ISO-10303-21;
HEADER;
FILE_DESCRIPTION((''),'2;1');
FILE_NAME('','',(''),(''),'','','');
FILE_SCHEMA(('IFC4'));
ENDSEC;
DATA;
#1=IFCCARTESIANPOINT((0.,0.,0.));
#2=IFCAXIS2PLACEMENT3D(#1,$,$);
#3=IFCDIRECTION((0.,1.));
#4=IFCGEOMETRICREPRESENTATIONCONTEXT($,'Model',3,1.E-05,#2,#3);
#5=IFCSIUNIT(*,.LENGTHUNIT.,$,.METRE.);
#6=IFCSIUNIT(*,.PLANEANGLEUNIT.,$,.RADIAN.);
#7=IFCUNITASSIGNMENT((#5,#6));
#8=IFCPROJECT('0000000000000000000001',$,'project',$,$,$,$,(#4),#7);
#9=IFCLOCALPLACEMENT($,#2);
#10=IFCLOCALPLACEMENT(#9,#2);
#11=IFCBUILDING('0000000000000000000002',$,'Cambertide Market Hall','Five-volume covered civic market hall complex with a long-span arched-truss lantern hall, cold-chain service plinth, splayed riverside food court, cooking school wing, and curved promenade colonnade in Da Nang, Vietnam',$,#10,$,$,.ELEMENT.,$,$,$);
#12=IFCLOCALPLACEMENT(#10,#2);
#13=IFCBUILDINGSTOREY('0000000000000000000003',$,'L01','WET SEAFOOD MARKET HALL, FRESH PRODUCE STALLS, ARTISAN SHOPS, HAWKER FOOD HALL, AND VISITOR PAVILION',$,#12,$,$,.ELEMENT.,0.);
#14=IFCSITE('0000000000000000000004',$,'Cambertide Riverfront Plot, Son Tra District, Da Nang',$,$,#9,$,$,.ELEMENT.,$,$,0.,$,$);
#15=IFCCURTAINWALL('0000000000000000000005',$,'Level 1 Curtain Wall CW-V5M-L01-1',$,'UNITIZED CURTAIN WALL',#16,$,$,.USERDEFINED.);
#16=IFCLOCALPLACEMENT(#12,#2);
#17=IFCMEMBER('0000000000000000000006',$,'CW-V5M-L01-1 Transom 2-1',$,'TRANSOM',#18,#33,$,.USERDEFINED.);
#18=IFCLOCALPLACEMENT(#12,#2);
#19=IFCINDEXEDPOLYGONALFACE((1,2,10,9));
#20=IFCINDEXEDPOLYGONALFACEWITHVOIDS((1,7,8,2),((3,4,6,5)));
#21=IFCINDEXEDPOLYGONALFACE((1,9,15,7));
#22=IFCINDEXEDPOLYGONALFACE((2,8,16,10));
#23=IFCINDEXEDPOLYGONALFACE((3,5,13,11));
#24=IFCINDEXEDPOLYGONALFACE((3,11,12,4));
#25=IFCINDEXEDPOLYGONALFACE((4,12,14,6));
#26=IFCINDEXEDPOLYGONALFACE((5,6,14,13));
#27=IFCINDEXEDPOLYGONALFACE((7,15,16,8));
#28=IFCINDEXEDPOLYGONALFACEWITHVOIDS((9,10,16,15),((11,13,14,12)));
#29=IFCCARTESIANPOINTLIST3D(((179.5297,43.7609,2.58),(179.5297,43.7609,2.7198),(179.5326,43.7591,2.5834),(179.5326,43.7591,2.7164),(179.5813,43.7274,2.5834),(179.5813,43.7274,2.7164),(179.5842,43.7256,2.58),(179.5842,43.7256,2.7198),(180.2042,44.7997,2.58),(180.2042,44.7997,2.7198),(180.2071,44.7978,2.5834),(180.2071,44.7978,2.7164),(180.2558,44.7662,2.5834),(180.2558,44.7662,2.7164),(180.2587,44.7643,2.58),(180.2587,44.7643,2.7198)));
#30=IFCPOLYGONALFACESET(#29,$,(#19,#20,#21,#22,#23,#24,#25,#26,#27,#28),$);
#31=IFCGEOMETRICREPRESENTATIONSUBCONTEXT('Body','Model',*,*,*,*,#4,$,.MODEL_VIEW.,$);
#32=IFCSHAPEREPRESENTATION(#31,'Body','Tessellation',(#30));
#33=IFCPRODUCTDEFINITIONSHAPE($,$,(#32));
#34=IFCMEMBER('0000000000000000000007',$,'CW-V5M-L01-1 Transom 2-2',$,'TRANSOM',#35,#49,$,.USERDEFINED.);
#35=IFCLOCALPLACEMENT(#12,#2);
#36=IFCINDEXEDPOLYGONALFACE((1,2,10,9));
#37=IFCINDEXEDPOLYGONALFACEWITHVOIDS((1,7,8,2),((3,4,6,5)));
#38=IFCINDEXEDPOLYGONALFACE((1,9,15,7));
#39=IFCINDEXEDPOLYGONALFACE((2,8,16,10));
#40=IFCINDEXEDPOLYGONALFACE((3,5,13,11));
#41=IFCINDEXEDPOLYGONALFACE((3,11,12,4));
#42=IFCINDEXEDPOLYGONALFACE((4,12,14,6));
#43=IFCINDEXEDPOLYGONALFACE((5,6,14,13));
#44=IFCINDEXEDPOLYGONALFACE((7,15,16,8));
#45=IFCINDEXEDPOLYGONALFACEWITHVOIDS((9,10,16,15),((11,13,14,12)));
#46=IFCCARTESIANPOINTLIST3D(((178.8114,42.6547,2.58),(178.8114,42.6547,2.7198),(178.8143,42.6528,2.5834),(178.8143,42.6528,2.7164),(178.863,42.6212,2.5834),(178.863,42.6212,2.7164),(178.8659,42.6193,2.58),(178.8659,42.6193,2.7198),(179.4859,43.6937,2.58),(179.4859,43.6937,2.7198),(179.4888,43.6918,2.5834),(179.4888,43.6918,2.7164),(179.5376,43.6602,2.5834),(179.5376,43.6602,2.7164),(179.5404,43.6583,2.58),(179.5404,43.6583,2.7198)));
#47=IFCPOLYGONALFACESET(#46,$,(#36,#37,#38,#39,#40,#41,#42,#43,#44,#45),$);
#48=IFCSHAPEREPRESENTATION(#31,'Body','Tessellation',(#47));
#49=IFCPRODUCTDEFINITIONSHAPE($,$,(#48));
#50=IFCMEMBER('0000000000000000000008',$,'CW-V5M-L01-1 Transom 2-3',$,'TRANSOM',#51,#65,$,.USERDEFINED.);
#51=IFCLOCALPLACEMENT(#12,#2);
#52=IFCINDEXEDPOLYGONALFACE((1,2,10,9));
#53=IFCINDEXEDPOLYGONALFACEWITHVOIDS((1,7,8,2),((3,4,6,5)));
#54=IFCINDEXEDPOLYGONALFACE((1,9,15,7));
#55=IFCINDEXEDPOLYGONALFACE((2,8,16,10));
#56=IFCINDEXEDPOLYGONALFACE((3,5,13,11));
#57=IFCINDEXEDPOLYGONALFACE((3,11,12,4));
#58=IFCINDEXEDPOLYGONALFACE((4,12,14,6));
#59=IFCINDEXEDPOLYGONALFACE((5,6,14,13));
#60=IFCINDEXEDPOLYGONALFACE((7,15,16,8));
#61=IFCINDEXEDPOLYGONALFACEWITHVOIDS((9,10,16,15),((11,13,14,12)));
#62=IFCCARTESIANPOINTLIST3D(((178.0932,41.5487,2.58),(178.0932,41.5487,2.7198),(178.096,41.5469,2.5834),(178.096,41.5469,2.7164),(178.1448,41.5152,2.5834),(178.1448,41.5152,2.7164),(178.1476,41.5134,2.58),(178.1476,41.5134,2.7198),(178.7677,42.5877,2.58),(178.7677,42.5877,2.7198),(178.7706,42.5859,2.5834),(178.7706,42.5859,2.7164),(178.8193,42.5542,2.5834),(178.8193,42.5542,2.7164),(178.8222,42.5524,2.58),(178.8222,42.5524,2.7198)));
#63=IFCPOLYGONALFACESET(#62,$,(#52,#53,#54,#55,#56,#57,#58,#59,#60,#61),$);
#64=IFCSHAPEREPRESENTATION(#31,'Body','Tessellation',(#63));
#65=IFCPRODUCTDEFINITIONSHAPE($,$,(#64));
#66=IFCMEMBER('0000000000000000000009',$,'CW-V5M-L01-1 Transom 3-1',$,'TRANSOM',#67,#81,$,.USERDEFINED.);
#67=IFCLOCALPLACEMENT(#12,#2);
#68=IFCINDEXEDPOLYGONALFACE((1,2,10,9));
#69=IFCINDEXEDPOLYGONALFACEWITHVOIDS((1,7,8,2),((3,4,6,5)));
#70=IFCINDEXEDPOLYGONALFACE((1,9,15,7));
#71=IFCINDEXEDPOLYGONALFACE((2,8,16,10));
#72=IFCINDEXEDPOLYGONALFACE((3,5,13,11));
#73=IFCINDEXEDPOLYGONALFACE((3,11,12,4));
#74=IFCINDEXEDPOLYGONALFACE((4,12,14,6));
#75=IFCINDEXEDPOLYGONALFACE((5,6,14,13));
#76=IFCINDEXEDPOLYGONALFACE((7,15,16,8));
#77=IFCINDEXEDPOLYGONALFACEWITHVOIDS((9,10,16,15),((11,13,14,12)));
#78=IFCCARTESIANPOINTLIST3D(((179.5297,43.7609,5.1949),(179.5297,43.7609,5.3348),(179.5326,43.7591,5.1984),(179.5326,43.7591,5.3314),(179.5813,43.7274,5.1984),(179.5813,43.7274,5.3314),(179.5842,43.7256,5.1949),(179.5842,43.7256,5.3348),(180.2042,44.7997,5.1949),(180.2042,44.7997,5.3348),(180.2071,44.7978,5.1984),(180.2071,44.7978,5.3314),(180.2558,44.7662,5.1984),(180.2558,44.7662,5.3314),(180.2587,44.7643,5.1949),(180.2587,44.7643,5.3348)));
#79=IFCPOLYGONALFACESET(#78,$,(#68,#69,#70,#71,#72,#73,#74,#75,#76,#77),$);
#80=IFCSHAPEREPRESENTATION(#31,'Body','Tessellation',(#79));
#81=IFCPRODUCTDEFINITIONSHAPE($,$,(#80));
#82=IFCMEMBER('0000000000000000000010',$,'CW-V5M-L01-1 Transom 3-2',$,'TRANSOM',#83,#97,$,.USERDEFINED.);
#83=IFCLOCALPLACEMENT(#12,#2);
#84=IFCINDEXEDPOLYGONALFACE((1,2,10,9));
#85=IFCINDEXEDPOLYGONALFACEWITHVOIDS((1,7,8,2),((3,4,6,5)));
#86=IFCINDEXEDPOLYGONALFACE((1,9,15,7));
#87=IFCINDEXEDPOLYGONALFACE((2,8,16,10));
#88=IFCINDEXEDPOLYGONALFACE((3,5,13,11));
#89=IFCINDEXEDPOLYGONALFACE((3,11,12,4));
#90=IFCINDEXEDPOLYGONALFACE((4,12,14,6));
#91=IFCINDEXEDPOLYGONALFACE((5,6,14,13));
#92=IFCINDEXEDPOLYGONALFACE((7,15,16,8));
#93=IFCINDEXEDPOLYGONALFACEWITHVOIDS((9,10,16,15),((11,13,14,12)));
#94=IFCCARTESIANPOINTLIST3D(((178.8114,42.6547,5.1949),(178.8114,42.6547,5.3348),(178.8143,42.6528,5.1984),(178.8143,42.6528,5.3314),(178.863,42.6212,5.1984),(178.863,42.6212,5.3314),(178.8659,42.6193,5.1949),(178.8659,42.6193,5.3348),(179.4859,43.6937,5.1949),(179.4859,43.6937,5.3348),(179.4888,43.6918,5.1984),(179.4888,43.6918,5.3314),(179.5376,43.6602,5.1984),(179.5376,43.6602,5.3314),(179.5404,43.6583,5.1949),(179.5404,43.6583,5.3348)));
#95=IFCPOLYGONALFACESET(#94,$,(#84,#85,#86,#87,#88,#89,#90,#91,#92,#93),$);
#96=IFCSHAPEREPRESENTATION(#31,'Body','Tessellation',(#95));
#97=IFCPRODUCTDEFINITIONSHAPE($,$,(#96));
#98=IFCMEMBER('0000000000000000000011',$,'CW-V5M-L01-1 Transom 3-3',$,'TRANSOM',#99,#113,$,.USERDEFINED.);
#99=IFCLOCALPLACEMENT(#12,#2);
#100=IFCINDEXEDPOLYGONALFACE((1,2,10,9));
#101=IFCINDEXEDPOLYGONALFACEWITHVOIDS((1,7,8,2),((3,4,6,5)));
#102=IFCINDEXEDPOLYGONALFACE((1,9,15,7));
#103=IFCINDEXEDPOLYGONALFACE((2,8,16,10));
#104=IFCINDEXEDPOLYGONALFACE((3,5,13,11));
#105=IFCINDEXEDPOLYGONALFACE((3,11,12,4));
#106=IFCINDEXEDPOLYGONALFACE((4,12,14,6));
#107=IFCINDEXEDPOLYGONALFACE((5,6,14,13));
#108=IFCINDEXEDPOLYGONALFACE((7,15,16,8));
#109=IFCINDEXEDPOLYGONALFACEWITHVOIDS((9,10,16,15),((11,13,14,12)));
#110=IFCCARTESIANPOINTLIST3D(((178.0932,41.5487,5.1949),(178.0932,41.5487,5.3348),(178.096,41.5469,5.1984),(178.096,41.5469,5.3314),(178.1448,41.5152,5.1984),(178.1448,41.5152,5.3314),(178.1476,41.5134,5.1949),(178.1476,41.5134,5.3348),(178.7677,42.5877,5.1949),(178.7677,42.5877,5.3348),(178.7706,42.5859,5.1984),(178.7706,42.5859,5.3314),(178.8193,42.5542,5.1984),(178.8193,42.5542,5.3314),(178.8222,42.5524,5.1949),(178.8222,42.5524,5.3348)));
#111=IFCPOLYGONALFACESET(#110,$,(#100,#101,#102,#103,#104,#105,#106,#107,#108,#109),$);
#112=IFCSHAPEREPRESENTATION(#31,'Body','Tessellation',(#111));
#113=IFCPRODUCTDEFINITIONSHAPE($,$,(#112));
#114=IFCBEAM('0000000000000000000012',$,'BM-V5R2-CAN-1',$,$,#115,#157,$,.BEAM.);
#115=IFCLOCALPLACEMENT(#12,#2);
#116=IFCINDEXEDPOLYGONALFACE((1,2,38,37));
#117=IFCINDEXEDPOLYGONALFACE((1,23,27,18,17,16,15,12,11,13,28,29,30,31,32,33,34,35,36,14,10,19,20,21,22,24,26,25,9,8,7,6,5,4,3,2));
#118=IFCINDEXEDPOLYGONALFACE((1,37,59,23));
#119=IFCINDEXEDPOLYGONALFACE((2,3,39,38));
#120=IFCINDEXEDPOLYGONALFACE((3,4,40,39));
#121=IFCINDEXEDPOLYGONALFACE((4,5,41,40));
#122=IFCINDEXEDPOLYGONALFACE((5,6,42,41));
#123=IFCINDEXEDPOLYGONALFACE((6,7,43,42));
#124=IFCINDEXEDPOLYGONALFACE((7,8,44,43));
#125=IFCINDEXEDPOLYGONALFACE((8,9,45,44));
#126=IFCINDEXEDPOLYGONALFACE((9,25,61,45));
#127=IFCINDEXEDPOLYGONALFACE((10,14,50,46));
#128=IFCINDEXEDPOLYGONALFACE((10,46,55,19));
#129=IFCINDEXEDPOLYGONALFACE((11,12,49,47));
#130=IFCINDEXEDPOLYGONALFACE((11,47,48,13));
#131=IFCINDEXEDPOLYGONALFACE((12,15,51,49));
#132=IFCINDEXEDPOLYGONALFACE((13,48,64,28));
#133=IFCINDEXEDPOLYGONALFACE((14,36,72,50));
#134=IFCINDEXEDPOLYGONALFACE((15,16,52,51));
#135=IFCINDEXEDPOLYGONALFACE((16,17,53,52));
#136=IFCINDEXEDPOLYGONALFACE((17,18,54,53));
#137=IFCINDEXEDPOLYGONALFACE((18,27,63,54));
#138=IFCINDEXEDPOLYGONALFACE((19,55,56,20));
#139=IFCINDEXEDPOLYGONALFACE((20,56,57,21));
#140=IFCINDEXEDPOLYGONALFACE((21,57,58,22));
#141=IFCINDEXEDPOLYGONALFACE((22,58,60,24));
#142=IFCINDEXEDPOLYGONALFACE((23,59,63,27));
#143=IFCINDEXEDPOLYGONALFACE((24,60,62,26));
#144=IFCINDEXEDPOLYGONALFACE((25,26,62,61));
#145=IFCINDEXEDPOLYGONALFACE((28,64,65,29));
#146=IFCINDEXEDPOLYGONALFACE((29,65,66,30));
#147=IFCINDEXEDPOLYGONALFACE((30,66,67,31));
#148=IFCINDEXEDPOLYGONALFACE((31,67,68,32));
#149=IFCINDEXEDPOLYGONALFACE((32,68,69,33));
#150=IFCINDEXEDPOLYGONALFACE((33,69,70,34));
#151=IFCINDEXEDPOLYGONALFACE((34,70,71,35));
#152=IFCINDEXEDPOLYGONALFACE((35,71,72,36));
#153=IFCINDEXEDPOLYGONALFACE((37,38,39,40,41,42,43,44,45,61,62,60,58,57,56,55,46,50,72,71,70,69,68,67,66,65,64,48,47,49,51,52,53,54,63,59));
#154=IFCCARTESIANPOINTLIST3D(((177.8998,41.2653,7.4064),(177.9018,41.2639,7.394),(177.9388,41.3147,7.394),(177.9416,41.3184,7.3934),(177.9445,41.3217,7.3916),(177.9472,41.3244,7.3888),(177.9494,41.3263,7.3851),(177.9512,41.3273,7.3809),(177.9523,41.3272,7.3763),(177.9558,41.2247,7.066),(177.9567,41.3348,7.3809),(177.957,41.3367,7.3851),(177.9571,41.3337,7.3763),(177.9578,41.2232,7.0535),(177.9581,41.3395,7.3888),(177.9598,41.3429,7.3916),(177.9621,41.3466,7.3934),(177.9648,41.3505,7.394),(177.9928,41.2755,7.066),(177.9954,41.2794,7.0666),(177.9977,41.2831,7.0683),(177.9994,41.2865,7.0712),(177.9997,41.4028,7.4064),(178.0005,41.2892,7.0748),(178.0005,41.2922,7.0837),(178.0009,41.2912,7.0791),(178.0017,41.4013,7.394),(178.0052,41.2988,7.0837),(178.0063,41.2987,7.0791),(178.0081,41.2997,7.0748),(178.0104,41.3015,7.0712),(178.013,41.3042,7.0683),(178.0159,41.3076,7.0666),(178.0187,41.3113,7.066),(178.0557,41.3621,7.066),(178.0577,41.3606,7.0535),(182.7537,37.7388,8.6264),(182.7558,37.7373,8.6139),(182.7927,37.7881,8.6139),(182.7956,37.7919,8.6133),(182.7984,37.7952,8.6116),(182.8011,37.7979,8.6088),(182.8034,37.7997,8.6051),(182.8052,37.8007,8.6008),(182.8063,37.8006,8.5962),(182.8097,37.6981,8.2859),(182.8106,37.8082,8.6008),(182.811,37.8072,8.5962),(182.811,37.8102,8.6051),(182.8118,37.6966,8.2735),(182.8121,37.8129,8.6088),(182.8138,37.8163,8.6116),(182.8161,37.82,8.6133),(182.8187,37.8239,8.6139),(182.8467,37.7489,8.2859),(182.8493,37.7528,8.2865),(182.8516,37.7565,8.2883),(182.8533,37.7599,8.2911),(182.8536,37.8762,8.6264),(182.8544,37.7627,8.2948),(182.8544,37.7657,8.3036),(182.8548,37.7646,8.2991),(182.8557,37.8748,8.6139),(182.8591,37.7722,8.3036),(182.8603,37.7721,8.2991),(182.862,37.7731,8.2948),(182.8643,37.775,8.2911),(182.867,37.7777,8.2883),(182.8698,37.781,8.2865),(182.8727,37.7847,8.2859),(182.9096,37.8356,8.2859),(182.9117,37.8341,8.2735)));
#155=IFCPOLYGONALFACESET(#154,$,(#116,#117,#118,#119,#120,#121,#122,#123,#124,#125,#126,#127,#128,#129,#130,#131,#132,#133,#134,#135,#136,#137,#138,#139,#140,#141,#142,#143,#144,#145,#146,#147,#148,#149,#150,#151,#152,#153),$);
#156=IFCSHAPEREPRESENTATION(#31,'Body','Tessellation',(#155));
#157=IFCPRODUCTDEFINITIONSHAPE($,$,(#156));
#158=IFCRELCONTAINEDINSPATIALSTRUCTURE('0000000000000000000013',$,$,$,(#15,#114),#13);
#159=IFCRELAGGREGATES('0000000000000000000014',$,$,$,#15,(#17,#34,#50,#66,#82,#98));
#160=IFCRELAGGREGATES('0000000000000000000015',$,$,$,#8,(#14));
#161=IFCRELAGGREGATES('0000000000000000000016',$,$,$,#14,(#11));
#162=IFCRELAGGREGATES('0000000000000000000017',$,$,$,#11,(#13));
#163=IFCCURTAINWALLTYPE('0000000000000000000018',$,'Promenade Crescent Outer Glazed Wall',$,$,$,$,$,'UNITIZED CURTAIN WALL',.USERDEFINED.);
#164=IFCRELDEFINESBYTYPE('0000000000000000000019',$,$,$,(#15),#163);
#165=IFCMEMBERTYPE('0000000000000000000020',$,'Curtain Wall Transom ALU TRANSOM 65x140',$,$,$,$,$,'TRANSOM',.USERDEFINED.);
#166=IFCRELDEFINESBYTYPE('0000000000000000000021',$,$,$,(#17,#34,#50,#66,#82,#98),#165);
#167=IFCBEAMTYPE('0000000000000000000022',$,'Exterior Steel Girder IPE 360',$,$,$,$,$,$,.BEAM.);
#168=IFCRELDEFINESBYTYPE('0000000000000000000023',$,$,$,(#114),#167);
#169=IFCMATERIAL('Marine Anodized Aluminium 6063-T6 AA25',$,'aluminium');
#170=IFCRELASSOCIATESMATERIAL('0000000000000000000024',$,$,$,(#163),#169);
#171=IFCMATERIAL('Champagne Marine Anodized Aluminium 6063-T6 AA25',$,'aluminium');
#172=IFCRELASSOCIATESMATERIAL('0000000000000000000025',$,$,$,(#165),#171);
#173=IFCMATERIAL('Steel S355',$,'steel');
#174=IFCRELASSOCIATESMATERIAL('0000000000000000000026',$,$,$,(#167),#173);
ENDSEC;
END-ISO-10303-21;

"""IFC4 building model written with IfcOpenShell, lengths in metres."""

from ifc_helpers import new_model, si_unit, direction, frame, origin, origin_2d, place, context, subcontext, project, spatial, hollow_rectangle, i_section, extrude, material, material_profile, profile_set, type_object, element, aggregate, save


model = new_model("IFC4")

# Units and contexts
model_context = context("Model", 3, precision=1e-05, world=origin(), true_north=direction((0.0, 1.0)))
body_context = subcontext(model_context, "Body", "Model", "MODEL_VIEW")
ifc_project = project(units=[si_unit("LENGTHUNIT", "METRE"), si_unit("PLANEANGLEUNIT", "RADIAN")], contexts=[model_context])

# Site, building, storey
site_placement = place(None, origin())
site = spatial("IfcSite", under=ifc_project, at=site_placement, Name="Cambertide Riverfront Plot, Son Tra District, Da Nang", CompositionType="ELEMENT", RefElevation=0.0)
building_placement = place(site_placement, origin())
building = spatial("IfcBuilding", under=site, at=building_placement, Name="Cambertide Market Hall", Description="Five-volume covered civic market hall complex with a long-span arched-truss lantern hall, cold-chain service plinth, splayed riverside food court, cooking school wing, and curved promenade colonnade in Da Nang, Vietnam", CompositionType="ELEMENT")
storey_placement = place(building_placement, origin())
storey = spatial("IfcBuildingStorey", under=building, at=storey_placement, Name="L01", Description="WET SEAFOOD MARKET HALL, FRESH PRODUCE STALLS, ARTISAN SHOPS, HAWKER FOOD HALL, AND VISITOR PAVILION", CompositionType="ELEMENT", Elevation=0.0)

# Curtain wall, members
ifc_material_1 = material(Name="Marine Anodized Aluminium 6063-T6 AA25", Category="aluminium")
curtain_wall_type = type_object("IfcCurtainWallType", Name="Promenade Crescent Outer Glazed Wall", ElementType="UNITIZED CURTAIN WALL", PredefinedType="USERDEFINED", material=ifc_material_1)
curtain_wall_placement = place(storey_placement, origin())
curtain_wall = element("IfcCurtainWall", 1, at=curtain_wall_placement, inside=storey, type_object=curtain_wall_type, Name="Level 1 Curtain Wall CW-V5M-L01-1", ObjectType="UNITIZED CURTAIN WALL", PredefinedType="USERDEFINED")
ifc_material_2 = material(Name="Champagne Marine Anodized Aluminium 6063-T6 AA25", Category="aluminium")
ifc_material_profile_1 = material_profile(ifc_material_2, hollow_rectangle(XDim=0.0649, YDim=0.1399, WallThickness=0.0034, at=origin_2d()), Name="ALU TRANSOM 65x140")
ifc_profile_set_1 = profile_set([ifc_material_profile_1], Name="Champagne Marine Anodized Aluminium 6063-T6 AA25")
member_type_1 = type_object("IfcMemberType", Name="Curtain Wall Transom ALU TRANSOM 65x140", ElementType="TRANSOM", PredefinedType="USERDEFINED", material=ifc_profile_set_1)
member_1_placement = place(storey_placement, frame((180.2314, 44.782, 2.6499), z_axis=(-0.544607, -0.838691, 0.0), x_axis=(0.838691, -0.544607, 0.0)))
member_1 = element("IfcMember", 2, at=member_1_placement, type_object=member_type_1, Name="CW-V5M-L01-1 Transom 2-1", ObjectType="TRANSOM", PredefinedType="USERDEFINED", context=body_context, shape_type="SweptSolid", body=[
    extrude(hollow_rectangle(XDim=0.0649, YDim=0.1399, WallThickness=0.0034, at=origin_2d()), origin(), (0.0, 0.0, 1.0), 1.2385),
])
member_2_placement = place(storey_placement, frame((179.5132, 43.676, 2.6499), z_axis=(-0.544517, -0.83875, 0.0), x_axis=(0.83875, -0.544517, 0.0)))
member_2 = element("IfcMember", 3, at=member_2_placement, type_object=member_type_1, Name="CW-V5M-L01-1 Transom 2-2", ObjectType="TRANSOM", PredefinedType="USERDEFINED", context=body_context, shape_type="SweptSolid", body=[
    extrude(hollow_rectangle(XDim=0.0649, YDim=0.1399, WallThickness=0.0034, at=origin_2d()), origin(), (0.0, 0.0, 1.0), 1.2388),
])
member_3_placement = place(storey_placement, frame((178.7949, 42.5701, 2.6499), z_axis=(-0.544517, -0.83875, 0.0), x_axis=(0.83875, -0.544517, 0.0)))
member_3 = element("IfcMember", 4, at=member_3_placement, type_object=member_type_1, Name="CW-V5M-L01-1 Transom 2-3", ObjectType="TRANSOM", PredefinedType="USERDEFINED", context=body_context, shape_type="SweptSolid", body=[
    extrude(hollow_rectangle(XDim=0.0649, YDim=0.1399, WallThickness=0.0034, at=origin_2d()), origin(), (0.0, 0.0, 1.0), 1.2388),
])
member_4_placement = place(storey_placement, frame((180.2314, 44.782, 5.2649), z_axis=(-0.544607, -0.838691, 0.0), x_axis=(0.838691, -0.544607, 0.0)))
member_4 = element("IfcMember", 5, at=member_4_placement, type_object=member_type_1, Name="CW-V5M-L01-1 Transom 3-1", ObjectType="TRANSOM", PredefinedType="USERDEFINED", context=body_context, shape_type="SweptSolid", body=[
    extrude(hollow_rectangle(XDim=0.0649, YDim=0.1399, WallThickness=0.0034, at=origin_2d()), origin(), (0.0, 0.0, 1.0), 1.2385),
])
member_5_placement = place(storey_placement, frame((179.5132, 43.676, 5.2649), z_axis=(-0.544517, -0.83875, 0.0), x_axis=(0.83875, -0.544517, 0.0)))
member_5 = element("IfcMember", 6, at=member_5_placement, type_object=member_type_1, Name="CW-V5M-L01-1 Transom 3-2", ObjectType="TRANSOM", PredefinedType="USERDEFINED", context=body_context, shape_type="SweptSolid", body=[
    extrude(hollow_rectangle(XDim=0.0649, YDim=0.1399, WallThickness=0.0034, at=origin_2d()), origin(), (0.0, 0.0, 1.0), 1.2388),
])
member_6_placement = place(storey_placement, frame((178.7949, 42.5701, 5.2649), z_axis=(-0.544517, -0.83875, 0.0), x_axis=(0.83875, -0.544517, 0.0)))
member_6 = element("IfcMember", 7, at=member_6_placement, type_object=member_type_1, Name="CW-V5M-L01-1 Transom 3-3", ObjectType="TRANSOM", PredefinedType="USERDEFINED", context=body_context, shape_type="SweptSolid", body=[
    extrude(hollow_rectangle(XDim=0.0649, YDim=0.1399, WallThickness=0.0034, at=origin_2d()), origin(), (0.0, 0.0, 1.0), 1.2388),
])

# Beam
ifc_material_3 = material(Name="Steel S355", Category="steel")
ifc_material_profile_2 = material_profile(ifc_material_3, i_section(OverallWidth=0.1699, OverallDepth=0.3601, WebThickness=0.0081, FlangeThickness=0.0127, FilletRadius=0.0181, at=origin_2d()), Name="IPE 360")
ifc_profile_set_2 = profile_set([ifc_material_profile_2], Name="Steel S355")
beam_type_1 = type_object("IfcBeamType", Name="Exterior Steel Girder IPE 360", PredefinedType="BEAM", material=ifc_profile_set_2)
beam_1_placement = place(storey_placement, frame((177.9788, 41.313, 7.23), z_axis=(0.792796, -0.575996, 0.199256), x_axis=(0.587782, 0.809019, 0.0)))
element("IfcBeam", 8, at=beam_1_placement, inside=storey, type_object=beam_type_1, Name="BM-V5R2-CAN-1", PredefinedType="BEAM", context=body_context, shape_type="SweptSolid", body=[
    extrude(i_section(OverallWidth=0.1699, OverallDepth=0.3601, WebThickness=0.0081, FlangeThickness=0.0127, FilletRadius=0.0181, at=origin_2d()), origin(), (0.0, 0.0, 1.0), 6.1226),
])

aggregate(curtain_wall, [member_1, member_2, member_3, member_4, member_5, member_6])

save(model, "model.ifc")
